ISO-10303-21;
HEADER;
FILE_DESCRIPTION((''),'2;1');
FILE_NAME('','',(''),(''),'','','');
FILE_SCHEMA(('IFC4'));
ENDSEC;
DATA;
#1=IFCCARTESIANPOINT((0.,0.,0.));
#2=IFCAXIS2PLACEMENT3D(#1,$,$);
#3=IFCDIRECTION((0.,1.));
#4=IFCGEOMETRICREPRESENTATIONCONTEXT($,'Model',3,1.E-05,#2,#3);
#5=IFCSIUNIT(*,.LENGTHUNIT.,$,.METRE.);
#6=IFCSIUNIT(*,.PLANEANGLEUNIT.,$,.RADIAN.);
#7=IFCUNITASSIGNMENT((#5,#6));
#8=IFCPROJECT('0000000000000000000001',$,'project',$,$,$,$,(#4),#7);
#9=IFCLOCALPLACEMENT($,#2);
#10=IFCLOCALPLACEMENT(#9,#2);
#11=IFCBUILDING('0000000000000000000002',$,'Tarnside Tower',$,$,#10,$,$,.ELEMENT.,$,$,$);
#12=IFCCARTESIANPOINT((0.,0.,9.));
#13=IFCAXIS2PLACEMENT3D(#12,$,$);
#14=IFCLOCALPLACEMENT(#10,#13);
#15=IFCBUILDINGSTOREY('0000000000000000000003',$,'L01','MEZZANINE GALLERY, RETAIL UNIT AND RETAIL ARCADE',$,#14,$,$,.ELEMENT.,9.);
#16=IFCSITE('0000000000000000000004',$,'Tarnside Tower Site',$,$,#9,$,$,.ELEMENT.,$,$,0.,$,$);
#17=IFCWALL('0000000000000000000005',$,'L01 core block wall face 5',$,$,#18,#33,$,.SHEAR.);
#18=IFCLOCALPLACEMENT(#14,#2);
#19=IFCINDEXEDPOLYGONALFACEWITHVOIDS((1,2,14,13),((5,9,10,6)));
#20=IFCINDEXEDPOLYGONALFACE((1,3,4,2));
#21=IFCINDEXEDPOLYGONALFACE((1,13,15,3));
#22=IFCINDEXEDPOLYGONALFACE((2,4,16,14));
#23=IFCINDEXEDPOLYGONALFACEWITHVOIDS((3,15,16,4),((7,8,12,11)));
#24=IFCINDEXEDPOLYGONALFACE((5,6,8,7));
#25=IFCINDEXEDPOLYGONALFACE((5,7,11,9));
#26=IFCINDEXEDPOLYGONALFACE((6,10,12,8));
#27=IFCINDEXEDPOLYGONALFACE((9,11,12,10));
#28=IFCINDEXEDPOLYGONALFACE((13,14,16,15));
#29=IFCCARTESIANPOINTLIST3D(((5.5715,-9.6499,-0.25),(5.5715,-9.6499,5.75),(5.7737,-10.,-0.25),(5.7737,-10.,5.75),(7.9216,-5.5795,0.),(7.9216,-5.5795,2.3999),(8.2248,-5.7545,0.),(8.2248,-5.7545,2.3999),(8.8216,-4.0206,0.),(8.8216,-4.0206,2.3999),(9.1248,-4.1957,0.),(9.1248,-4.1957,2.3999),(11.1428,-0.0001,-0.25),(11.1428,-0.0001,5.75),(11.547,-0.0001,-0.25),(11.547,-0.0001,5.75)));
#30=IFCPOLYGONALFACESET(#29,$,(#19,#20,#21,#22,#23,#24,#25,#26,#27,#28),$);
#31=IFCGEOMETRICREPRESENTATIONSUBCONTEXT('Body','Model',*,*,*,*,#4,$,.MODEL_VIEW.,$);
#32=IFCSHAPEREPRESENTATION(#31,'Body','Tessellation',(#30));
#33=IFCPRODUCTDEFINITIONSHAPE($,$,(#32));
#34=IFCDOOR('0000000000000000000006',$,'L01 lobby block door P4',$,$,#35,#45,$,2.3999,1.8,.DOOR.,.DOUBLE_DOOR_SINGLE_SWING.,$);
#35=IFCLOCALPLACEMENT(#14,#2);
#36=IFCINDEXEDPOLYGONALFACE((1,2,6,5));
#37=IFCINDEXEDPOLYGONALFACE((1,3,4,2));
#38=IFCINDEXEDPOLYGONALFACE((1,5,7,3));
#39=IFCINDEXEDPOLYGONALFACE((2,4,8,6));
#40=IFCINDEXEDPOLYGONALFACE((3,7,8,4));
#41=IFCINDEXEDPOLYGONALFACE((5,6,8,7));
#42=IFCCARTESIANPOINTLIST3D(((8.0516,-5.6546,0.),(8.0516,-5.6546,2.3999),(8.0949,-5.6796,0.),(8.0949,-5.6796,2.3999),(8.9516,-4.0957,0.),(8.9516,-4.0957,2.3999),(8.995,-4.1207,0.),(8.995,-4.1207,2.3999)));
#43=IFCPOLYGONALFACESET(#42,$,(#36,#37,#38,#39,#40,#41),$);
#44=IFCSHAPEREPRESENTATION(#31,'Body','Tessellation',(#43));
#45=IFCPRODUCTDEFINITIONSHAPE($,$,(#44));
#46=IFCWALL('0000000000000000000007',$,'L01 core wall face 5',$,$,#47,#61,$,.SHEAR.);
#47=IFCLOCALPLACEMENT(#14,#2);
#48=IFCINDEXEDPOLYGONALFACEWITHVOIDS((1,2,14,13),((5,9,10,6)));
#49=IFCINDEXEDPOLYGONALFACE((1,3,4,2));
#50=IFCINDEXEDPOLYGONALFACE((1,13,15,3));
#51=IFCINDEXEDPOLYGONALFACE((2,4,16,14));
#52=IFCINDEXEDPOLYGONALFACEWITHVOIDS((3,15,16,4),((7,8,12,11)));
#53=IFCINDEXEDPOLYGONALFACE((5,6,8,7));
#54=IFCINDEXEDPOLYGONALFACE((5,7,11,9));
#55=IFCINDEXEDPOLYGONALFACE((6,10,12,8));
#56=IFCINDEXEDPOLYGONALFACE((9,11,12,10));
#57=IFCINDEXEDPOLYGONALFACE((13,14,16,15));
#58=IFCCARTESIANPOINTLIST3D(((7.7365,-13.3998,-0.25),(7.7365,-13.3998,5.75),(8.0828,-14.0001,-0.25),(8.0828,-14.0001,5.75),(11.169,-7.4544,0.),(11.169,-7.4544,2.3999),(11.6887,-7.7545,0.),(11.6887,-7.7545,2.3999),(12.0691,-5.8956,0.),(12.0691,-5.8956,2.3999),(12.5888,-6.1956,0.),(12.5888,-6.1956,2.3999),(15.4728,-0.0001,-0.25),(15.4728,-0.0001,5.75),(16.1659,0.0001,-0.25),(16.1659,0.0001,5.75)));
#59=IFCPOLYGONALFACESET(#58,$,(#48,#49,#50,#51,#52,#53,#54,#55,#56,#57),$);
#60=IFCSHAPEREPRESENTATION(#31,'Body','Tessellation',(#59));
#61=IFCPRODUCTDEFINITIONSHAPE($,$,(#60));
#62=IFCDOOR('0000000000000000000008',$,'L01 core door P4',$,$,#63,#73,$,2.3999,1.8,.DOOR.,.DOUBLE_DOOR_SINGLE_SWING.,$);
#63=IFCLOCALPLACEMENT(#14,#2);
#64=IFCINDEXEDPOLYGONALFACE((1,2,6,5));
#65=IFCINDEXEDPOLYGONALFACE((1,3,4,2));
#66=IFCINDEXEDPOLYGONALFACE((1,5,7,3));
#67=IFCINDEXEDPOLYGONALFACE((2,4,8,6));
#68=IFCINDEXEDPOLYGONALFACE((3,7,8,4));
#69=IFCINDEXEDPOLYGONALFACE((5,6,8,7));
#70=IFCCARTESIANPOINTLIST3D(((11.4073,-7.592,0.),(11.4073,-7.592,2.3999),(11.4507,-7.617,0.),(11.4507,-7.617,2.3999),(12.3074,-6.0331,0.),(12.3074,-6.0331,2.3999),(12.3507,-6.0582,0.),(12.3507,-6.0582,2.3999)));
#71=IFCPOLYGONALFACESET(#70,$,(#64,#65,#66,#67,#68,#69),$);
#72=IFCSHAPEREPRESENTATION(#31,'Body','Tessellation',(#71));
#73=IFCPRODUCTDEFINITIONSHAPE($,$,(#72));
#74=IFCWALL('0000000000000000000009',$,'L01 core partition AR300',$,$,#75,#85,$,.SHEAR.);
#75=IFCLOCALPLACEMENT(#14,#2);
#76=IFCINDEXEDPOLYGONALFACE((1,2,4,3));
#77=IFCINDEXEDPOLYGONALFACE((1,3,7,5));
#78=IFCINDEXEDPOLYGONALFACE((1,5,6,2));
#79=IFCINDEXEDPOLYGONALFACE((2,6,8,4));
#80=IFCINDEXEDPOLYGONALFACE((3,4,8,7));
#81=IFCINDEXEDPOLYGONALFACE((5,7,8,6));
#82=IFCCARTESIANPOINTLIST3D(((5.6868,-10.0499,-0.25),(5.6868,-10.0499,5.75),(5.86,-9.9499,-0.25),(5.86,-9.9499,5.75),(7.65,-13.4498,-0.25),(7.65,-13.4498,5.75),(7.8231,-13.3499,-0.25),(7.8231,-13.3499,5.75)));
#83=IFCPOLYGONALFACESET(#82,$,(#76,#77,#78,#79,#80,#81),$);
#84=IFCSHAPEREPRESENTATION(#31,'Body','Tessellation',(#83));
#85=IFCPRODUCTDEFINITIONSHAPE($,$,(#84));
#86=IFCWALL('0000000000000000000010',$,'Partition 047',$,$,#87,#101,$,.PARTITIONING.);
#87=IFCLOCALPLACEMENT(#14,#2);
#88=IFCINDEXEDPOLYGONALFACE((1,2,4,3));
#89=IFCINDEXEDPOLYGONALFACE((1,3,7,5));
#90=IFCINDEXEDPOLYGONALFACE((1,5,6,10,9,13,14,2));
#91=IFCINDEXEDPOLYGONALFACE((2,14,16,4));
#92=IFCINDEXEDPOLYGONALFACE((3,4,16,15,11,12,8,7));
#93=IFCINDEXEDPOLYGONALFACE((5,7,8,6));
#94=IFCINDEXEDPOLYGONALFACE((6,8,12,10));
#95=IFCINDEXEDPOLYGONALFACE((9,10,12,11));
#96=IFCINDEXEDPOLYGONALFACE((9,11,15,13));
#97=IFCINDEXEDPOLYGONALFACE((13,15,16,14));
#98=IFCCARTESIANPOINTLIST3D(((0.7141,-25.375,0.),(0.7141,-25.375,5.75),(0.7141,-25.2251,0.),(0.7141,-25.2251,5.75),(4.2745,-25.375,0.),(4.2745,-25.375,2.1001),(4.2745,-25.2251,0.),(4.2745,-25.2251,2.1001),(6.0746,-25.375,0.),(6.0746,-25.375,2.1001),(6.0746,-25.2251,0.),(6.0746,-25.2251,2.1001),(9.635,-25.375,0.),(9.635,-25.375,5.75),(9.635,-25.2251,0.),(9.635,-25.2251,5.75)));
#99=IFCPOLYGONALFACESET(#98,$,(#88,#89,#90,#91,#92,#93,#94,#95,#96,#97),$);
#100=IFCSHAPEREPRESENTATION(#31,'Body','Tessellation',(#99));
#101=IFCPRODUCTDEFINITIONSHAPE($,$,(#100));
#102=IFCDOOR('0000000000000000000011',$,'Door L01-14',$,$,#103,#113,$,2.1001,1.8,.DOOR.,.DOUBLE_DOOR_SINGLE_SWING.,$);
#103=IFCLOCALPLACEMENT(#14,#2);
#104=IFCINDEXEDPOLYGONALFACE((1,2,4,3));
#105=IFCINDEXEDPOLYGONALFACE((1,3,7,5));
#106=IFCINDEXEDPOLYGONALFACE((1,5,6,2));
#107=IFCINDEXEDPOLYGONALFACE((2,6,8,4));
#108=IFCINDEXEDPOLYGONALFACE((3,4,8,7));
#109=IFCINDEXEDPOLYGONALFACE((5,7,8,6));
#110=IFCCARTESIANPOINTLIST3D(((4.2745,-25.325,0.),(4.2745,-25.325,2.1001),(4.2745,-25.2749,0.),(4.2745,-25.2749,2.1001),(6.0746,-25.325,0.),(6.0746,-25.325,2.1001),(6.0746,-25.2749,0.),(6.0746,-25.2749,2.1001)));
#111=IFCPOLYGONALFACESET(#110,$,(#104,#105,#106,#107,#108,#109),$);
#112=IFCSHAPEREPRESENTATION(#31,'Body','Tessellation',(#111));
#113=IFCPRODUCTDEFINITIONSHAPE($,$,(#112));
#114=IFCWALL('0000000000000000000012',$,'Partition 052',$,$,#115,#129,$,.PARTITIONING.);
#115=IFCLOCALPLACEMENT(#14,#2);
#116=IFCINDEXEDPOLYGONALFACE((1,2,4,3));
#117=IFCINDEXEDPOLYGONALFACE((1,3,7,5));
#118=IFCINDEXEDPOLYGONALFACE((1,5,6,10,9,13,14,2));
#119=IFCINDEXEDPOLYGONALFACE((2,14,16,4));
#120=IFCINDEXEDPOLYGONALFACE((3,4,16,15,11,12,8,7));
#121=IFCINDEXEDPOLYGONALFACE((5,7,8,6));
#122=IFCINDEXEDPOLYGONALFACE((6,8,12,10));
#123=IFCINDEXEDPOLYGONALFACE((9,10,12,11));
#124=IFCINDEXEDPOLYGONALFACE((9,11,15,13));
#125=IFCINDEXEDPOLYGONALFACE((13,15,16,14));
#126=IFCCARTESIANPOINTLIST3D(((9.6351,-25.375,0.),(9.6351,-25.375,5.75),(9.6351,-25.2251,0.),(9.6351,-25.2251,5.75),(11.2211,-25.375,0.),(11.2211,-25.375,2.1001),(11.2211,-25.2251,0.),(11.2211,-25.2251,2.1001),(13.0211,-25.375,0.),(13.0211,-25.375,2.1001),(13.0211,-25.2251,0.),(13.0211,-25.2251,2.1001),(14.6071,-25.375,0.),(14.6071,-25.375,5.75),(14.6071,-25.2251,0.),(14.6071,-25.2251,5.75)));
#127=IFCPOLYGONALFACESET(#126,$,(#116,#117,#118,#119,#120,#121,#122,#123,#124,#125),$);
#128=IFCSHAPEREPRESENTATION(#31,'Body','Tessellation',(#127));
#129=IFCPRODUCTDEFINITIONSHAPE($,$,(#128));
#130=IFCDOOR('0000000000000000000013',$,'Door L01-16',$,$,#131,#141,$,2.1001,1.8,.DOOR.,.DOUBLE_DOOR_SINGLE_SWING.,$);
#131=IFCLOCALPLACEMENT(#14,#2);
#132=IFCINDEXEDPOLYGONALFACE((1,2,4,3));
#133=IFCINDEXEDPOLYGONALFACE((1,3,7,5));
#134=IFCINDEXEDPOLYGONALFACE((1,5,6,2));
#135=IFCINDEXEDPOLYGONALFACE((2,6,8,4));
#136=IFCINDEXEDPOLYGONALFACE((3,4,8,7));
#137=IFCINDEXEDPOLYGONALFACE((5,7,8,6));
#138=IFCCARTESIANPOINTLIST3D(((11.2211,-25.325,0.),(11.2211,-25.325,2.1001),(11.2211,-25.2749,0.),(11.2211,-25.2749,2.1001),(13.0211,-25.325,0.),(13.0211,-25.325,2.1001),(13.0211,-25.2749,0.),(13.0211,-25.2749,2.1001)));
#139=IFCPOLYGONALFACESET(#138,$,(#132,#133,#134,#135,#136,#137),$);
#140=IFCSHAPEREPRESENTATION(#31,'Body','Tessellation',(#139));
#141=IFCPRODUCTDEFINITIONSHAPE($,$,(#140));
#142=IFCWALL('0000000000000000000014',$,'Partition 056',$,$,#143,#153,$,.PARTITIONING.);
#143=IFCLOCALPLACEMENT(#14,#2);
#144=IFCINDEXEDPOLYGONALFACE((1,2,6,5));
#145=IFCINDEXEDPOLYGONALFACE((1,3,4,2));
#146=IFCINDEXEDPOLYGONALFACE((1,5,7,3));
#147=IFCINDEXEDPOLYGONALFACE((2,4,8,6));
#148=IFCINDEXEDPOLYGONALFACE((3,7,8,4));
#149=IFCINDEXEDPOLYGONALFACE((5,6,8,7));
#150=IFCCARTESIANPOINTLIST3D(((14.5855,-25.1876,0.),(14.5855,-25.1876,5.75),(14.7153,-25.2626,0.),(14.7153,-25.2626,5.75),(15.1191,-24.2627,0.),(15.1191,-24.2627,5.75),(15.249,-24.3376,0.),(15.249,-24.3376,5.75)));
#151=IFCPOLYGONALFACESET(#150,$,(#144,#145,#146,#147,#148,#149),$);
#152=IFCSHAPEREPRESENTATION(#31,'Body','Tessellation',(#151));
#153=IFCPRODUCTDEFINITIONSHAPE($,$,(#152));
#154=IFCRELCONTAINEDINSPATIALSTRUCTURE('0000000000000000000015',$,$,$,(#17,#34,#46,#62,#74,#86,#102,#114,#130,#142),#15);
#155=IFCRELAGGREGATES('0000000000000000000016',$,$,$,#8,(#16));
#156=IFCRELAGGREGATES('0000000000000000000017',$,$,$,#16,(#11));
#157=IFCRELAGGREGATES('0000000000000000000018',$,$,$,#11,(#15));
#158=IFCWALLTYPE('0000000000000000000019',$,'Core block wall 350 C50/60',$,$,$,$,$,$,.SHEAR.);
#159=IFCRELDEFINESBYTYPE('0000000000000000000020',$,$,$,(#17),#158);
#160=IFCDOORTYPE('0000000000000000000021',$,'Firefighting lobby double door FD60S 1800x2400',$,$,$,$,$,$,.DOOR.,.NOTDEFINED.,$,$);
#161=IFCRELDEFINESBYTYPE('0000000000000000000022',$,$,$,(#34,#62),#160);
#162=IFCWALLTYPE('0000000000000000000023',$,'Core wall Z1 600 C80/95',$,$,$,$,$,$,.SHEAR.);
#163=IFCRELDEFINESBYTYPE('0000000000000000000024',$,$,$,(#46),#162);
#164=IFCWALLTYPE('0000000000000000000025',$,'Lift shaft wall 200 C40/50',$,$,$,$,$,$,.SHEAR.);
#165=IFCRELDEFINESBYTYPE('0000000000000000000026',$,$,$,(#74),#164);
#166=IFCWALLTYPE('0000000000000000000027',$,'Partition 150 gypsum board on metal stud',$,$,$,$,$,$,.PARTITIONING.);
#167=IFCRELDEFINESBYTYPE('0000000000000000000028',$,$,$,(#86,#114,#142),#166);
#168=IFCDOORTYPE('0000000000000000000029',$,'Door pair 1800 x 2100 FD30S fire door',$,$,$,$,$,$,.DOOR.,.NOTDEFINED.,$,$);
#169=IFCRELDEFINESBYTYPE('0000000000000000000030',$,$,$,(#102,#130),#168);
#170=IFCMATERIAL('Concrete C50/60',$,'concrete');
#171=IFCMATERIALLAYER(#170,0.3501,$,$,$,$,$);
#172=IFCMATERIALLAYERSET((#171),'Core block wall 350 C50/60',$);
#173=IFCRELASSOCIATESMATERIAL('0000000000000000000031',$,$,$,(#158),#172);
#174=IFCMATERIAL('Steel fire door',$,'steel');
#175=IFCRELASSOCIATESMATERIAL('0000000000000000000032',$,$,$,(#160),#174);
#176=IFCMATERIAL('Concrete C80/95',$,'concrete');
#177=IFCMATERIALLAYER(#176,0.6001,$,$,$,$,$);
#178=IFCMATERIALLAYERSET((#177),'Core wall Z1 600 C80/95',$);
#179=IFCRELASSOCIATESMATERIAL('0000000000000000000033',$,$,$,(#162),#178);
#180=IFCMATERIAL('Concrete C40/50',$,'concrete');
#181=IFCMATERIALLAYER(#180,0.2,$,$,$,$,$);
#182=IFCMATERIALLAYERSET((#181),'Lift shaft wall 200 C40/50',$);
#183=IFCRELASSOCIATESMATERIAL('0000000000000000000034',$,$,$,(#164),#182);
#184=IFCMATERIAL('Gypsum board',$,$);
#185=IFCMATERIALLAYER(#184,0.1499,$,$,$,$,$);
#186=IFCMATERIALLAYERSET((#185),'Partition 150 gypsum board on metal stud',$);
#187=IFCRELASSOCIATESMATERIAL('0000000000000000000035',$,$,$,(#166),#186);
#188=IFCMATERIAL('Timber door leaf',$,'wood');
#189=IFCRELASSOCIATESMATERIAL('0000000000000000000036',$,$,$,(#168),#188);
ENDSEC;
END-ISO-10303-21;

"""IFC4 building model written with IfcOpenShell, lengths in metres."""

from ifc_helpers import new_model, si_unit, direction, frame, frame_2d, origin, place, context, subcontext, project, spatial, polyline, rectangle, outline, extrude, material, layer, layer_set, type_object, element, fill, save


model = new_model("IFC4")

# Units and contexts
model_context = context("Model", 3, precision=1e-05, world=origin(), true_north=direction((0.0, 1.0)))
body_context = subcontext(model_context, "Body", "Model", "MODEL_VIEW")
ifc_project = project(units=[si_unit("LENGTHUNIT", "METRE"), si_unit("PLANEANGLEUNIT", "RADIAN")], contexts=[model_context])

# Site, building, storey
site_placement = place(None, origin())
site = spatial("IfcSite", under=ifc_project, at=site_placement, Name="Tarnside Tower Site", CompositionType="ELEMENT", RefElevation=0.0)
building_placement = place(site_placement, origin())
building = spatial("IfcBuilding", under=site, at=building_placement, Name="Tarnside Tower", CompositionType="ELEMENT")
storey_placement = place(building_placement, frame((0.0, 0.0, 9.0)))
storey = spatial("IfcBuildingStorey", under=building, at=storey_placement, Name="L01", Description="MEZZANINE GALLERY, RETAIL UNIT AND RETAIL ARCADE", CompositionType="ELEMENT", Elevation=9.0)

# Walls, openings, doors
ifc_material_1 = material(Name="Concrete C50/60", Category="concrete")
ifc_layer_1 = layer(ifc_material_1, 0.3501)
ifc_layer_set_1 = layer_set([ifc_layer_1], Name="Core block wall 350 C50/60")
wall_type_1 = type_object("IfcWallType", Name="Core block wall 350 C50/60", PredefinedType="SHEAR", material=ifc_layer_set_1)
wall_1_placement = place(storey_placement, frame((5.6726, -9.825, -0.25), z_axis=(0.0, 0.0, 1.0), x_axis=(0.499995, 0.866028, 0.0)))
wall_1 = element("IfcWall", 1, at=wall_1_placement, inside=storey, type_object=wall_type_1, Name="L01 core block wall face 5", PredefinedType="SHEAR", context=body_context, shape_type="SweptSolid", body=[
    extrude(outline(polyline([(-0.1011, -0.175), (11.4458, -0.175), (11.2437, 0.175), (0.1011, 0.175), (-0.1011, -0.175)])), origin(), (0.0, 0.0, 1.0), 6.0),
])
opening_1_placement = place(wall_1_placement, frame((4.8013, 0.0, 0.25)))
opening_1 = element("IfcOpeningElement", 2, at=opening_1_placement, cuts=wall_1, PredefinedType="OPENING", context=body_context, shape_type="SweptSolid", body=[
    extrude(rectangle(XDim=1.8, YDim=2.3999, at=frame_2d((0.8999, 1.2))), frame((0.0, 0.1851, 0.0), z_axis=(0.0, -1.0, 0.0), x_axis=(1.0, 0.0, 0.0)), (0.0, 0.0, 1.0), 0.3701),
])
ifc_material_2 = material(Name="Steel fire door", Category="steel")
door_type_1 = type_object("IfcDoorType", Name="Firefighting lobby double door FD60S 1800x2400", OperationType="NOTDEFINED", PredefinedType="DOOR", material=ifc_material_2)
door_1_placement = place(opening_1_placement, origin())
door_1 = element("IfcDoor", 3, at=door_1_placement, inside=storey, type_object=door_type_1, Name="L01 lobby block door P4", OperationType="DOUBLE_DOOR_SINGLE_SWING", OverallHeight=2.3999, OverallWidth=1.8, PredefinedType="DOOR", context=body_context, shape_type="SweptSolid", body=[
    extrude(rectangle(XDim=1.8, YDim=2.3999, at=frame_2d((0.8999, 1.2))), frame((0.0, 0.0249, 0.0), z_axis=(0.0, -1.0, 0.0), x_axis=(1.0, 0.0, 0.0)), (0.0, 0.0, 1.0), 0.05),
])
fill(opening_1, door_1)
ifc_material_3 = material(Name="Concrete C80/95", Category="concrete")
ifc_layer_2 = layer(ifc_material_3, 0.6001)
ifc_layer_set_2 = layer_set([ifc_layer_2], Name="Core wall Z1 600 C80/95")
wall_type_2 = type_object("IfcWallType", Name="Core wall Z1 600 C80/95", PredefinedType="SHEAR", material=ifc_layer_set_2)
wall_2_placement = place(storey_placement, frame((7.9097, -13.7, -0.25), z_axis=(0.0, 0.0, 1.0), x_axis=(0.5, 0.866025, 0.0)))
wall_2 = element("IfcWall", 4, at=wall_2_placement, inside=storey, type_object=wall_type_2, Name="L01 core wall face 5", PredefinedType="SHEAR", context=body_context, shape_type="SweptSolid", body=[
    extrude(outline(polyline([(-0.1733, -0.3), (15.9927, -0.3), (15.646, 0.3), (0.1733, 0.3), (-0.1733, -0.3)])), origin(), (0.0, 0.0, 1.0), 6.0),
])
opening_2_placement = place(wall_2_placement, frame((7.0386, 0.0, 0.25)))
opening_2 = element("IfcOpeningElement", 5, at=opening_2_placement, cuts=wall_2, PredefinedType="OPENING", context=body_context, shape_type="SweptSolid", body=[
    extrude(rectangle(XDim=1.8, YDim=2.3999, at=frame_2d((0.8999, 1.2))), frame((0.0, 0.3101, 0.0), z_axis=(0.0, -1.0, 0.0), x_axis=(1.0, 0.0, 0.0)), (0.0, 0.0, 1.0), 0.6201),
])
door_2_placement = place(opening_2_placement, origin())
door_2 = element("IfcDoor", 6, at=door_2_placement, inside=storey, type_object=door_type_1, Name="L01 core door P4", OperationType="DOUBLE_DOOR_SINGLE_SWING", OverallHeight=2.3999, OverallWidth=1.8, PredefinedType="DOOR", context=body_context, shape_type="SweptSolid", body=[
    extrude(rectangle(XDim=1.8, YDim=2.3999, at=frame_2d((0.8999, 1.2))), frame((0.0, 0.0249, 0.0), z_axis=(0.0, -1.0, 0.0), x_axis=(1.0, 0.0, 0.0)), (0.0, 0.0, 1.0), 0.05),
])
fill(opening_2, door_2)

# Wall
ifc_material_4 = material(Name="Concrete C40/50", Category="concrete")
ifc_layer_3 = layer(ifc_material_4, 0.2)
ifc_layer_set_3 = layer_set([ifc_layer_3], Name="Lift shaft wall 200 C40/50")
wall_type_3 = type_object("IfcWallType", Name="Lift shaft wall 200 C40/50", PredefinedType="SHEAR", material=ifc_layer_set_3)
wall_3_placement = place(storey_placement, frame((5.7734, -10.0, -0.25), z_axis=(0.0, 0.0, 1.0), x_axis=(0.500038, -0.866003, 0.0)))
element("IfcWall", 7, at=wall_3_placement, inside=storey, type_object=wall_type_3, Name="L01 core partition AR300", PredefinedType="SHEAR", context=body_context, shape_type="SweptSolid", body=[
    extrude(rectangle(XDim=3.926, YDim=0.2, at=frame_2d((1.9629, 0.0))), origin(), (0.0, 0.0, 1.0), 6.0),
])

# Walls, openings, doors
ifc_material_5 = material(Name="Gypsum board")
ifc_layer_4 = layer(ifc_material_5, 0.1499)
ifc_layer_set_4 = layer_set([ifc_layer_4], Name="Partition 150 gypsum board on metal stud")
wall_type_4 = type_object("IfcWallType", Name="Partition 150 gypsum board on metal stud", PredefinedType="PARTITIONING", material=ifc_layer_set_4)
wall_4_placement = place(storey_placement, frame((9.635, -25.3, 0.0), z_axis=(0.0, 0.0, 1.0), x_axis=(-1.0, 0.0, 0.0)))
wall_4 = element("IfcWall", 8, at=wall_4_placement, inside=storey, type_object=wall_type_4, Name="Partition 047", PredefinedType="PARTITIONING", context=body_context, shape_type="SweptSolid", body=[
    extrude(rectangle(XDim=8.9209, YDim=0.1499, at=frame_2d((4.4604, 0.0))), origin(), (0.0, 0.0, 1.0), 5.75),
])
opening_3_placement = place(wall_4_placement, frame((3.5605, 0.0, 0.0)))
opening_3 = element("IfcOpeningElement", 9, at=opening_3_placement, cuts=wall_4, PredefinedType="OPENING", context=body_context, shape_type="SweptSolid", body=[
    extrude(rectangle(XDim=1.8, YDim=2.1001, at=frame_2d((0.8999, 1.05))), frame((0.0, 0.085, 0.0), z_axis=(0.0, -1.0, 0.0), x_axis=(1.0, 0.0, 0.0)), (0.0, 0.0, 1.0), 0.1699),
])
ifc_material_6 = material(Name="Timber door leaf", Category="wood")
door_type_2 = type_object("IfcDoorType", Name="Door pair 1800 x 2100 FD30S fire door", OperationType="NOTDEFINED", PredefinedType="DOOR", material=ifc_material_6)
door_3_placement = place(opening_3_placement, origin())
door_3 = element("IfcDoor", 10, at=door_3_placement, inside=storey, type_object=door_type_2, Name="Door L01-14", OperationType="DOUBLE_DOOR_SINGLE_SWING", OverallHeight=2.1001, OverallWidth=1.8, PredefinedType="DOOR", context=body_context, shape_type="SweptSolid", body=[
    extrude(rectangle(XDim=1.8, YDim=2.1001, at=frame_2d((0.8999, 1.05))), frame((0.0, 0.0249, 0.0), z_axis=(0.0, -1.0, 0.0), x_axis=(1.0, 0.0, 0.0)), (0.0, 0.0, 1.0), 0.05),
])
fill(opening_3, door_3)
wall_5_placement = place(storey_placement, frame((14.6069, -25.3, 0.0), z_axis=(0.0, 0.0, 1.0), x_axis=(-1.0, 0.0, 0.0)))
wall_5 = element("IfcWall", 11, at=wall_5_placement, inside=storey, type_object=wall_type_4, Name="Partition 052", PredefinedType="PARTITIONING", context=body_context, shape_type="SweptSolid", body=[
    extrude(rectangle(XDim=4.9719, YDim=0.1499, at=frame_2d((2.4858, 0.0))), origin(), (0.0, 0.0, 1.0), 5.75),
])
opening_4_placement = place(wall_5_placement, frame((1.5859, 0.0, 0.0)))
opening_4 = element("IfcOpeningElement", 12, at=opening_4_placement, cuts=wall_5, PredefinedType="OPENING", context=body_context, shape_type="SweptSolid", body=[
    extrude(rectangle(XDim=1.8, YDim=2.1001, at=frame_2d((0.8999, 1.05))), frame((0.0, 0.085, 0.0), z_axis=(0.0, -1.0, 0.0), x_axis=(1.0, 0.0, 0.0)), (0.0, 0.0, 1.0), 0.1699),
])
door_4_placement = place(opening_4_placement, origin())
door_4 = element("IfcDoor", 13, at=door_4_placement, inside=storey, type_object=door_type_2, Name="Door L01-16", OperationType="DOUBLE_DOOR_SINGLE_SWING", OverallHeight=2.1001, OverallWidth=1.8, PredefinedType="DOOR", context=body_context, shape_type="SweptSolid", body=[
    extrude(rectangle(XDim=1.8, YDim=2.1001, at=frame_2d((0.8999, 1.05))), frame((0.0, 0.0249, 0.0), z_axis=(0.0, -1.0, 0.0), x_axis=(1.0, 0.0, 0.0)), (0.0, 0.0, 1.0), 0.05),
])
fill(opening_4, door_4)

# Wall
wall_6_placement = place(storey_placement, frame((14.6504, -25.2251, 0.0), z_axis=(0.0, 0.0, 1.0), x_axis=(0.499729, 0.866182, 0.0)))
element("IfcWall", 14, at=wall_6_placement, inside=storey, type_object=wall_type_4, Name="Partition 056", PredefinedType="PARTITIONING", context=body_context, shape_type="SweptSolid", body=[
    extrude(rectangle(XDim=1.0679, YDim=0.1499, at=frame_2d((0.5339, 0.0))), origin(), (0.0, 0.0, 1.0), 5.75),
])

save(model, "model.ifc")
